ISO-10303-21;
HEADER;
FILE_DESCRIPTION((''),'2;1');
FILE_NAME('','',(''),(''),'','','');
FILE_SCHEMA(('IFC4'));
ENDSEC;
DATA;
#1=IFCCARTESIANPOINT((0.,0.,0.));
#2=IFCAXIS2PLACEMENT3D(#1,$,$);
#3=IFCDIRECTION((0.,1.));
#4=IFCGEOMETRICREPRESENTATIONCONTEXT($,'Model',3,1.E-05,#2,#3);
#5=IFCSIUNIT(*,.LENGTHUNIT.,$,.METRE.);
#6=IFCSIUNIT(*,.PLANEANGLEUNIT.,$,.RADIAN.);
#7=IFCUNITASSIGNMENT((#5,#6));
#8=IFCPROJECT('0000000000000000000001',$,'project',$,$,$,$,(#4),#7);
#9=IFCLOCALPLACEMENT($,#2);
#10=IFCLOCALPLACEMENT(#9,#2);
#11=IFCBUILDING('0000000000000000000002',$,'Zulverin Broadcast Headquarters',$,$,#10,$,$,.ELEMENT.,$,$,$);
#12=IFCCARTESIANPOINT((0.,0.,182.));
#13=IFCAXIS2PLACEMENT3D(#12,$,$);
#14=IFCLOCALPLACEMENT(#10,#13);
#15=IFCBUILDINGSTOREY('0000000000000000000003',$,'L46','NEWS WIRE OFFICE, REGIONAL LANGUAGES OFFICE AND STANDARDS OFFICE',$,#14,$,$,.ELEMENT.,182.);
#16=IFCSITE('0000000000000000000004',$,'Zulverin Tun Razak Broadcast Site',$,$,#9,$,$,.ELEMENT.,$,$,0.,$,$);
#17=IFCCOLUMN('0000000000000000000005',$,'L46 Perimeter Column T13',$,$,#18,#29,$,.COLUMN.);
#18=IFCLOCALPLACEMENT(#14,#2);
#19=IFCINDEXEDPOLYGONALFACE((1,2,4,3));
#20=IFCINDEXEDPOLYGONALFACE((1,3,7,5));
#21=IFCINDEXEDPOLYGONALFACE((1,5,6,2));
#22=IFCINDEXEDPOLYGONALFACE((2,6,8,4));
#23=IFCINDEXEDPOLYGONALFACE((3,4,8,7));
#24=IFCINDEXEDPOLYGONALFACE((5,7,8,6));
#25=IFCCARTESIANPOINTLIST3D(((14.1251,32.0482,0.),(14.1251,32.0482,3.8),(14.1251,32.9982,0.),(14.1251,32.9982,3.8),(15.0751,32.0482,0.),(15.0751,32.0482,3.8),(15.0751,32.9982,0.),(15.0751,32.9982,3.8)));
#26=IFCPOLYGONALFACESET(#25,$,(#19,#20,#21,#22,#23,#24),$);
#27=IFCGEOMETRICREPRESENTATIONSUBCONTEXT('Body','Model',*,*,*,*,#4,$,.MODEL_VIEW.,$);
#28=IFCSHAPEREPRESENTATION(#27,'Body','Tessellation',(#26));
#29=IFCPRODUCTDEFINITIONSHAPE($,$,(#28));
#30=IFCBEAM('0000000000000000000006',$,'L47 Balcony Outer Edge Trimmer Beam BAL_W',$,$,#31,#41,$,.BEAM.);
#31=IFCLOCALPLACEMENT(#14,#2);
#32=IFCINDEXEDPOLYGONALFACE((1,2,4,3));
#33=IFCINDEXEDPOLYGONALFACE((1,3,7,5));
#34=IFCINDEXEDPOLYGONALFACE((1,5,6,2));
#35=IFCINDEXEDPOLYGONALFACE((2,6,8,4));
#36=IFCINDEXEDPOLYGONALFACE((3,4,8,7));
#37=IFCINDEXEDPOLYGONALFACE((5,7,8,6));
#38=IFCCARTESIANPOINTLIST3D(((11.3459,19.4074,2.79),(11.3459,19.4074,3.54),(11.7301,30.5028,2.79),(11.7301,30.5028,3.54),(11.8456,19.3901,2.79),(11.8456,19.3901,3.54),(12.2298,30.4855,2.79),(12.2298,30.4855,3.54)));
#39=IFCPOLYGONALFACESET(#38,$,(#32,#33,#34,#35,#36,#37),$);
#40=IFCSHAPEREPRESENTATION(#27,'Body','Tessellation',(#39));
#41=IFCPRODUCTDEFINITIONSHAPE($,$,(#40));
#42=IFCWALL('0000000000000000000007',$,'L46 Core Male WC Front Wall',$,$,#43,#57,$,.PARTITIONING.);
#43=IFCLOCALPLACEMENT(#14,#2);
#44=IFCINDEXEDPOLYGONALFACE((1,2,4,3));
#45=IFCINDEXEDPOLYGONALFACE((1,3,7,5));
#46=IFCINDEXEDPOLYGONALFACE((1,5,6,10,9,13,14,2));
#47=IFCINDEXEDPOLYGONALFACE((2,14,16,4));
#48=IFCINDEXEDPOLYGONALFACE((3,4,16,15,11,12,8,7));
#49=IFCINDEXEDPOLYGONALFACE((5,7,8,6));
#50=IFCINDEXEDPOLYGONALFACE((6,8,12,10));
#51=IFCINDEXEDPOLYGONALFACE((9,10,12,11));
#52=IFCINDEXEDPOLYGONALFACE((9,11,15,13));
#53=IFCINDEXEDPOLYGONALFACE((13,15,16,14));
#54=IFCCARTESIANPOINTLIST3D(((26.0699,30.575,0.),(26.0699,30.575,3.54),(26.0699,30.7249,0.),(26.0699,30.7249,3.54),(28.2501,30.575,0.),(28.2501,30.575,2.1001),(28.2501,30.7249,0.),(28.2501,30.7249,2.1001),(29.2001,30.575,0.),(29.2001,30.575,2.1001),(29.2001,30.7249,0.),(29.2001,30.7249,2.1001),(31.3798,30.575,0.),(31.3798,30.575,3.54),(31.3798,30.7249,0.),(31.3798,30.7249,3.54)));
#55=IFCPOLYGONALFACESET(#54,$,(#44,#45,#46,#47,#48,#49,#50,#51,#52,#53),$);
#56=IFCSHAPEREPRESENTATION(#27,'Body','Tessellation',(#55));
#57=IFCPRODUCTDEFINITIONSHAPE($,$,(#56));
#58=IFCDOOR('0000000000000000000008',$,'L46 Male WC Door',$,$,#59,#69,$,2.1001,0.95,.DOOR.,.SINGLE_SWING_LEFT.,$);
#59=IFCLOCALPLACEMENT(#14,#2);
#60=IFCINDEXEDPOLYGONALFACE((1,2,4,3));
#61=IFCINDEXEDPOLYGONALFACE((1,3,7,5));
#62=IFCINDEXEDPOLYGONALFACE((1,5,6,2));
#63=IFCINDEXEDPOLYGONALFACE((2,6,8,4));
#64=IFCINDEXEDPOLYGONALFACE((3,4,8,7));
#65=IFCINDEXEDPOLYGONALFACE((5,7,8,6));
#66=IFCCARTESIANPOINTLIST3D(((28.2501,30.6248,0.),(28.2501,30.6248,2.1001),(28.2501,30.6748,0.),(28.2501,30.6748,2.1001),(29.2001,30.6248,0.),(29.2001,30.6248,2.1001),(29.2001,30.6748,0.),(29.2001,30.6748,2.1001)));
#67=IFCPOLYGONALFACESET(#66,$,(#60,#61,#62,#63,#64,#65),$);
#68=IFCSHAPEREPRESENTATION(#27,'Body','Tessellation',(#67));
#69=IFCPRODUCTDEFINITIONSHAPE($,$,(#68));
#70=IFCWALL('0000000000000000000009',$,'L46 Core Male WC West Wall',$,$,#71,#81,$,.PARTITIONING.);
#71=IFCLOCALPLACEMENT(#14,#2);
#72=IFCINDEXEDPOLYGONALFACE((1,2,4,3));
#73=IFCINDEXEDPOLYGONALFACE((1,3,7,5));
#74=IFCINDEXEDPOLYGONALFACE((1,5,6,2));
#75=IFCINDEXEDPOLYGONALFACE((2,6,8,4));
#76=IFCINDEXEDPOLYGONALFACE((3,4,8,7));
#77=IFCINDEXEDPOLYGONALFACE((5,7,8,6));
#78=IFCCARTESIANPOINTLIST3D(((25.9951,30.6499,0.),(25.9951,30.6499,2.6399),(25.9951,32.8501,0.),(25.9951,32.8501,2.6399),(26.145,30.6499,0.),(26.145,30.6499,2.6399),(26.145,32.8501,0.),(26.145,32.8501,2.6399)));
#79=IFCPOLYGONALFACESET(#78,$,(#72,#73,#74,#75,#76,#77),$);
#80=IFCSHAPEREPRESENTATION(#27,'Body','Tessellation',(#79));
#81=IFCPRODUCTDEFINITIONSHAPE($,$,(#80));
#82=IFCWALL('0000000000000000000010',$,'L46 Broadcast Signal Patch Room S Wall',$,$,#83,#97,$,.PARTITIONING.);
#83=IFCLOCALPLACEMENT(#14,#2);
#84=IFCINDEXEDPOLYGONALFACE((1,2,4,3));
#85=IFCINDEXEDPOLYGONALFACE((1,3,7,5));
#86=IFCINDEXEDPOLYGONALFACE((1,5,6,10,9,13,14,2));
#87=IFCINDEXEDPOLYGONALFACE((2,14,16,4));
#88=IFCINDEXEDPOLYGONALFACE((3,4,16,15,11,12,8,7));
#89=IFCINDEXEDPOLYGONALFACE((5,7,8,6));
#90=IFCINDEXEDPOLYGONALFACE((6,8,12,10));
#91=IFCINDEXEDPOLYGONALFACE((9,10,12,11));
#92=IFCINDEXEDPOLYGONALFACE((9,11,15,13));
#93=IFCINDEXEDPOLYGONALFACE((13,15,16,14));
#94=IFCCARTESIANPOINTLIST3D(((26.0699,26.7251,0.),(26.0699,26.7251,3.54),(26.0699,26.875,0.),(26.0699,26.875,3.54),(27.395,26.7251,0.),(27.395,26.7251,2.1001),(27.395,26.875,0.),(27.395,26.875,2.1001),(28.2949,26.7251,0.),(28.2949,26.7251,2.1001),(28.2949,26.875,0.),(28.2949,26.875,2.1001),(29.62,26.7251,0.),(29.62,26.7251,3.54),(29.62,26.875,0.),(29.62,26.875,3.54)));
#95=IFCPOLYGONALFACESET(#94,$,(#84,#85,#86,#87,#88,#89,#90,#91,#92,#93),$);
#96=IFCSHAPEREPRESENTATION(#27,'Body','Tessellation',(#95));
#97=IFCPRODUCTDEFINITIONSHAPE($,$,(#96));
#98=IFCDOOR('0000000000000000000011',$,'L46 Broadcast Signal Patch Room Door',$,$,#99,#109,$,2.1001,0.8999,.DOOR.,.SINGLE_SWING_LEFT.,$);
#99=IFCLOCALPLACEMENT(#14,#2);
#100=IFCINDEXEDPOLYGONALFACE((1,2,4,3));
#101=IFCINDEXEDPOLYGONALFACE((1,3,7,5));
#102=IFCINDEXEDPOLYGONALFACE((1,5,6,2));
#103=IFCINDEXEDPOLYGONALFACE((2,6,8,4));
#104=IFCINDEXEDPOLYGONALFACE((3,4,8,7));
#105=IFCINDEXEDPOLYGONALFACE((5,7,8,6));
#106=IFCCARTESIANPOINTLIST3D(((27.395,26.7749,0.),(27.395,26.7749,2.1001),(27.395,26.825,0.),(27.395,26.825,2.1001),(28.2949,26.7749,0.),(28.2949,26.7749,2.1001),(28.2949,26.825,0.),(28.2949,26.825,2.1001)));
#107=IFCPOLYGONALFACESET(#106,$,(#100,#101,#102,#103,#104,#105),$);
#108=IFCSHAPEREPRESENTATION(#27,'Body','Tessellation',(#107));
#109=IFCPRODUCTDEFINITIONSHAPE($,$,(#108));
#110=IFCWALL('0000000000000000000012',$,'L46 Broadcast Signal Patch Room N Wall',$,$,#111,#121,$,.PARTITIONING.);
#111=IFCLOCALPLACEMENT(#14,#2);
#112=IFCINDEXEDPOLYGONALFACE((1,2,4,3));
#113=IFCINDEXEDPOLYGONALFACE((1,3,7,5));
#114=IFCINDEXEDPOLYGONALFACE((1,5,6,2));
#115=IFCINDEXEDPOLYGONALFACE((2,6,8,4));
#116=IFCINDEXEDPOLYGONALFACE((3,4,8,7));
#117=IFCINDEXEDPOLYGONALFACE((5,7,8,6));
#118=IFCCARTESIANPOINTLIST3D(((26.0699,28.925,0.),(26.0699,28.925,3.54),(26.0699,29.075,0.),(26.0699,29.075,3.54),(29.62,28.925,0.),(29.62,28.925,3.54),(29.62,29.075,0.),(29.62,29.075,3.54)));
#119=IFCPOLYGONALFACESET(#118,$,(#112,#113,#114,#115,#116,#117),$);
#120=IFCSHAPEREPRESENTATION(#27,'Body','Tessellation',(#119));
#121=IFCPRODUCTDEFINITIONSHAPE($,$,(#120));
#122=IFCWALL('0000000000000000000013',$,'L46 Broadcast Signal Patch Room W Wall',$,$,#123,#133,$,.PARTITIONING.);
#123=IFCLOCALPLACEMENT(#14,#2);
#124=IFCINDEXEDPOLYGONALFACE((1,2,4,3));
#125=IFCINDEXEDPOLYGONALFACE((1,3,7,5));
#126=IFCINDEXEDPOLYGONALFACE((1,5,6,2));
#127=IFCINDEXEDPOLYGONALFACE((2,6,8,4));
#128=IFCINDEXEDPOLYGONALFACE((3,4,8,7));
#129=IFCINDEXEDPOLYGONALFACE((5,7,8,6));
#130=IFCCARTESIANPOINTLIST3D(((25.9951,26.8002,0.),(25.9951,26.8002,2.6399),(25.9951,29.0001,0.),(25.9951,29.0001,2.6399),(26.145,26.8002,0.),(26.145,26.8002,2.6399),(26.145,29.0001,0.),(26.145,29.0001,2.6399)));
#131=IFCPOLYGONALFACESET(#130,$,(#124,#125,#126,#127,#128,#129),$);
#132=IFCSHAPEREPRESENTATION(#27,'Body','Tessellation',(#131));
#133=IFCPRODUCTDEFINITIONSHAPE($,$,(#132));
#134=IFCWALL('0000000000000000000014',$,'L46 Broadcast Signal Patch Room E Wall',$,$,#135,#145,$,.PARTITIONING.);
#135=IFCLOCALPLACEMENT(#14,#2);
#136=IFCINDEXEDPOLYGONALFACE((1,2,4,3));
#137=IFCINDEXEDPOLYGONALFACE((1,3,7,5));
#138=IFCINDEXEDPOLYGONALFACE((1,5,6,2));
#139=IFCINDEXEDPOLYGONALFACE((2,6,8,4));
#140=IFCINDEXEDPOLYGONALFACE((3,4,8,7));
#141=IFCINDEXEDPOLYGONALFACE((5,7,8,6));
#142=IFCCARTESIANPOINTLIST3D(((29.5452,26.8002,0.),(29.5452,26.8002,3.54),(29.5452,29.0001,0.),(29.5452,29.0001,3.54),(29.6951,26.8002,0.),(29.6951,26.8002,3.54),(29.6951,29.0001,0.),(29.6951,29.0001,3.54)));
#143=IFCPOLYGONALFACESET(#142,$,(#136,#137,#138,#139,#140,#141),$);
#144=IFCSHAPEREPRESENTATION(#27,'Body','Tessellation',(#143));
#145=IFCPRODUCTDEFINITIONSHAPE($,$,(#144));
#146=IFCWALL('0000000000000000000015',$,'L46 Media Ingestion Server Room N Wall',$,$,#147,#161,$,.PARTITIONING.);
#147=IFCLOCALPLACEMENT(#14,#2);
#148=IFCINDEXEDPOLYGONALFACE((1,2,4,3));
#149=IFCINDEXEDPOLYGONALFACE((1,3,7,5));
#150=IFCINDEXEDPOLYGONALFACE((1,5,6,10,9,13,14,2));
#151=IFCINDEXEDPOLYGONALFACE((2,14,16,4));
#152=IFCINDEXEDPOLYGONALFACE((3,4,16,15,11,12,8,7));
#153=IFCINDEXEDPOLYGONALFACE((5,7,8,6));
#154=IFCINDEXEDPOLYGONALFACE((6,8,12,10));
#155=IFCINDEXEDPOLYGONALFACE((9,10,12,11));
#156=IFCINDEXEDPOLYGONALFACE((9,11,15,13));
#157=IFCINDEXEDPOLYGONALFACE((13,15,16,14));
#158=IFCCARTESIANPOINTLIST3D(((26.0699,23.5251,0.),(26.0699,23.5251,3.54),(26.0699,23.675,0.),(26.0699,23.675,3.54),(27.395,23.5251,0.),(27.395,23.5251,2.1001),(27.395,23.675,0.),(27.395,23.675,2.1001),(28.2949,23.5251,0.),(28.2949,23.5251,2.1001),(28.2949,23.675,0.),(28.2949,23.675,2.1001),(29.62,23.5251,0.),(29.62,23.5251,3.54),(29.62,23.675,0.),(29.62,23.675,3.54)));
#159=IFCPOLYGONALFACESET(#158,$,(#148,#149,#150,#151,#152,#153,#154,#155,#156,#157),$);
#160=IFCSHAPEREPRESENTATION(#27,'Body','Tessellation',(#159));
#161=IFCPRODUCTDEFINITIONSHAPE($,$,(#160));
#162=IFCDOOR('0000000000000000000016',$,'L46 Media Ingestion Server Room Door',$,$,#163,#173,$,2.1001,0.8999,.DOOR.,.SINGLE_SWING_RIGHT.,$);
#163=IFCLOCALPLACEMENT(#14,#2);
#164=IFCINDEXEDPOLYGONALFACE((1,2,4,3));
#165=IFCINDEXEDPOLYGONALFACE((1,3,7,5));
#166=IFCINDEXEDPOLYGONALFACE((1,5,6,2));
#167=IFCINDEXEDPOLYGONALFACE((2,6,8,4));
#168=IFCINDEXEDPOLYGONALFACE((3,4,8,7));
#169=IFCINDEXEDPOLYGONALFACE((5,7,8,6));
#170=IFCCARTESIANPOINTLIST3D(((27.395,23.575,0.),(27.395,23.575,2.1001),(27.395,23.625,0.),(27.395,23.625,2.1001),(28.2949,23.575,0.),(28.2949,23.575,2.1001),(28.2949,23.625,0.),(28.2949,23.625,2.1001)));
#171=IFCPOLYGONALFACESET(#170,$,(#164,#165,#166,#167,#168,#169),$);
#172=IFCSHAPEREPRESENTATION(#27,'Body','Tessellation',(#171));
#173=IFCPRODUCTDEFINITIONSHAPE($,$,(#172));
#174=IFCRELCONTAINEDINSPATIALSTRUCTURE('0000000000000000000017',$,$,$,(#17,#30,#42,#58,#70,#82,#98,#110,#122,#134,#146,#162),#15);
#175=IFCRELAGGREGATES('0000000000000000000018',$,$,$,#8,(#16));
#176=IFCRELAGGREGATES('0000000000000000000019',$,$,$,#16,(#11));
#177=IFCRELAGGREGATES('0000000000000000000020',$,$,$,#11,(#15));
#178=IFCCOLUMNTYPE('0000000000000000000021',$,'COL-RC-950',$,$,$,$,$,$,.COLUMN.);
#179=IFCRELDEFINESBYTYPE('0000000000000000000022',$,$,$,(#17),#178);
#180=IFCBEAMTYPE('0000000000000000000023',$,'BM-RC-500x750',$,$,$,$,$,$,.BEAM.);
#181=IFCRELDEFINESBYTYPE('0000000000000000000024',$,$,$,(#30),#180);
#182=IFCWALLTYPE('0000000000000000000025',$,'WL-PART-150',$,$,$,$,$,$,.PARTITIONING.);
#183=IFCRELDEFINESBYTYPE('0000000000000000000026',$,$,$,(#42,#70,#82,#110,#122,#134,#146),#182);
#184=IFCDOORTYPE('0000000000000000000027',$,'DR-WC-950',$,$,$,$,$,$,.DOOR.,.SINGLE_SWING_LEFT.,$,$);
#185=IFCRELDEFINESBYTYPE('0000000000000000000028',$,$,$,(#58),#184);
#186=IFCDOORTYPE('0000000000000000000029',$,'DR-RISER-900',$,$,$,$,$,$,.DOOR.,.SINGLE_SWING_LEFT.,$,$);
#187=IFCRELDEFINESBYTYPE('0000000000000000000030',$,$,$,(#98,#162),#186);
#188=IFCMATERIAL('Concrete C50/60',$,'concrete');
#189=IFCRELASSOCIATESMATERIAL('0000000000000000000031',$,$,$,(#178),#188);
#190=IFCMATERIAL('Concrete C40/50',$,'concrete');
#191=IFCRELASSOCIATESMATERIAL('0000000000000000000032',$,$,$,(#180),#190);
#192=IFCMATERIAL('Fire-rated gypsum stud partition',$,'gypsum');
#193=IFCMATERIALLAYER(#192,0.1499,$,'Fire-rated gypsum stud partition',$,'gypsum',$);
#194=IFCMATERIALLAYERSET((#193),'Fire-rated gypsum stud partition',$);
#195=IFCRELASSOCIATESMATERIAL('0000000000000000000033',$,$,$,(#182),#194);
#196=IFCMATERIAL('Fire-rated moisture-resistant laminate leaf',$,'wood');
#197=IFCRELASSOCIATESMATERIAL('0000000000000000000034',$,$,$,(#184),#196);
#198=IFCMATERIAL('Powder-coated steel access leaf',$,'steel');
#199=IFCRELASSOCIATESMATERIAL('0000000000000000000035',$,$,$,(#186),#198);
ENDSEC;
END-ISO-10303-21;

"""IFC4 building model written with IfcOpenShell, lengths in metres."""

from ifc_helpers import new_model, si_unit, direction, frame, frame_2d, origin, origin_2d, place, context, subcontext, project, spatial, rectangle, extrude, material, layer, layer_set, material_profile, profile_set, type_object, element, fill, save


model = new_model("IFC4")

# Units and contexts
model_context = context("Model", 3, precision=1e-05, world=origin(), true_north=direction((0.0, 1.0)))
body_context = subcontext(model_context, "Body", "Model", "MODEL_VIEW")
ifc_project = project(units=[si_unit("LENGTHUNIT", "METRE"), si_unit("PLANEANGLEUNIT", "RADIAN")], contexts=[model_context])

# Site, building, storey
site_placement = place(None, origin())
site = spatial("IfcSite", under=ifc_project, at=site_placement, Name="Zulverin Tun Razak Broadcast Site", CompositionType="ELEMENT", RefElevation=0.0)
building_placement = place(site_placement, origin())
building = spatial("IfcBuilding", under=site, at=building_placement, Name="Zulverin Broadcast Headquarters", CompositionType="ELEMENT")
storey_placement = place(building_placement, frame((0.0, 0.0, 182.0)))
storey = spatial("IfcBuildingStorey", under=building, at=storey_placement, Name="L46", Description="NEWS WIRE OFFICE, REGIONAL LANGUAGES OFFICE AND STANDARDS OFFICE", CompositionType="ELEMENT", Elevation=182.0)

# Column
ifc_material_1 = material(Name="Concrete C50/60", Category="concrete")
ifc_material_profile_1 = material_profile(ifc_material_1, rectangle(XDim=0.95, YDim=0.95, at=origin_2d()), Name="Concrete C50/60", Category="concrete")
ifc_profile_set_1 = profile_set([ifc_material_profile_1], Name="Concrete C50/60")
column_type = type_object("IfcColumnType", Name="COL-RC-950", PredefinedType="COLUMN", material=ifc_profile_set_1)
column_placement = place(storey_placement, frame((14.6001, 32.5232, 0.0), z_axis=(0.0, 0.0, 1.0), x_axis=(1.0, 0.0, 0.0)))
element("IfcColumn", 1, at=column_placement, inside=storey, type_object=column_type, Name="L46 Perimeter Column T13", PredefinedType="COLUMN", context=body_context, shape_type="SweptSolid", body=[
    extrude(rectangle(XDim=0.95, YDim=0.95, at=origin_2d()), origin(), (0.0, 0.0, 1.0), 3.8),
])

# Beam
ifc_material_2 = material(Name="Concrete C40/50", Category="concrete")
ifc_material_profile_2 = material_profile(ifc_material_2, rectangle(XDim=0.5, YDim=0.75, at=origin_2d()), Name="Concrete C40/50", Category="concrete")
ifc_profile_set_2 = profile_set([ifc_material_profile_2], Name="Concrete C40/50")
beam_type = type_object("IfcBeamType", Name="BM-RC-500x750", PredefinedType="BEAM", material=ifc_profile_set_2)
beam_placement = place(storey_placement, frame((11.98, 30.4941, 3.165), z_axis=(-0.034613, -0.999401, 0.0), x_axis=(0.999401, -0.034613, 0.0)))
element("IfcBeam", 2, at=beam_placement, inside=storey, type_object=beam_type, Name="L47 Balcony Outer Edge Trimmer Beam BAL_W", PredefinedType="BEAM", context=body_context, shape_type="SweptSolid", body=[
    extrude(rectangle(XDim=0.5, YDim=0.75, at=origin_2d()), origin(), (0.0, 0.0, 1.0), 11.1021),
])

# Wall, opening, door
ifc_material_3 = material(Name="Fire-rated gypsum stud partition", Category="gypsum")
ifc_layer_1 = layer(ifc_material_3, 0.1499, Name="Fire-rated gypsum stud partition", Category="gypsum")
ifc_layer_set_1 = layer_set([ifc_layer_1], Name="Fire-rated gypsum stud partition")
wall_type_1 = type_object("IfcWallType", Name="WL-PART-150", PredefinedType="PARTITIONING", material=ifc_layer_set_1)
wall_1_placement = place(storey_placement, frame((26.0701, 30.6499, 0.0), z_axis=(0.0, 0.0, 1.0), x_axis=(1.0, 0.0, 0.0)))
wall_1 = element("IfcWall", 3, at=wall_1_placement, inside=storey, type_object=wall_type_1, Name="L46 Core Male WC Front Wall", PredefinedType="PARTITIONING", context=body_context, shape_type="SweptSolid", body=[
    extrude(rectangle(XDim=5.3098, YDim=0.1499, at=frame_2d((2.6548, 0.0))), origin(), (0.0, 0.0, 1.0), 3.54),
])
opening_1_placement = place(wall_1_placement, frame((2.1799, 0.0, 0.0)))
opening_1 = element("IfcOpeningElement", 4, at=opening_1_placement, cuts=wall_1, PredefinedType="OPENING", context=body_context, shape_type="SweptSolid", body=[
    extrude(rectangle(XDim=0.95, YDim=2.1001, at=frame_2d((0.4751, 1.05))), frame((0.0, 0.085, 0.0), z_axis=(0.0, -1.0, 0.0), x_axis=(1.0, 0.0, 0.0)), (0.0, 0.0, 1.0), 0.1699),
])
ifc_material_4 = material(Name="Fire-rated moisture-resistant laminate leaf", Category="wood")
door_type_1 = type_object("IfcDoorType", Name="DR-WC-950", OperationType="SINGLE_SWING_LEFT", PredefinedType="DOOR", material=ifc_material_4)
door_1_placement = place(opening_1_placement, origin())
door_1 = element("IfcDoor", 5, at=door_1_placement, inside=storey, type_object=door_type_1, Name="L46 Male WC Door", OperationType="SINGLE_SWING_LEFT", OverallHeight=2.1001, OverallWidth=0.95, PredefinedType="DOOR", context=body_context, shape_type="SweptSolid", body=[
    extrude(rectangle(XDim=0.95, YDim=2.1001, at=frame_2d((0.4751, 1.05))), frame((0.0, 0.0249, 0.0), z_axis=(0.0, -1.0, 0.0), x_axis=(1.0, 0.0, 0.0)), (0.0, 0.0, 1.0), 0.05),
])
fill(opening_1, door_1)

# Wall
wall_2_placement = place(storey_placement, frame((26.0701, 30.6499, 0.0), z_axis=(0.0, 0.0, 1.0), x_axis=(0.0, 1.0, 0.0)))
element("IfcWall", 6, at=wall_2_placement, inside=storey, type_object=wall_type_1, Name="L46 Core Male WC West Wall", PredefinedType="PARTITIONING", context=body_context, shape_type="SweptSolid", body=[
    extrude(rectangle(XDim=2.2002, YDim=0.1499, at=frame_2d((1.1001, 0.0))), origin(), (0.0, 0.0, 1.0), 2.6399),
])

# Wall, opening, door
wall_3_placement = place(storey_placement, frame((26.0701, 26.8, 0.0), z_axis=(0.0, 0.0, 1.0), x_axis=(1.0, 0.0, 0.0)))
wall_3 = element("IfcWall", 7, at=wall_3_placement, inside=storey, type_object=wall_type_1, Name="L46 Broadcast Signal Patch Room S Wall", PredefinedType="PARTITIONING", context=body_context, shape_type="SweptSolid", body=[
    extrude(rectangle(XDim=3.55, YDim=0.1499, at=frame_2d((1.7749, 0.0))), origin(), (0.0, 0.0, 1.0), 3.54),
])
opening_2_placement = place(wall_3_placement, frame((1.325, 0.0, 0.0)))
opening_2 = element("IfcOpeningElement", 8, at=opening_2_placement, cuts=wall_3, PredefinedType="OPENING", context=body_context, shape_type="SweptSolid", body=[
    extrude(rectangle(XDim=0.8999, YDim=2.1001, at=frame_2d((0.45, 1.05))), frame((0.0, 0.085, 0.0), z_axis=(0.0, -1.0, 0.0), x_axis=(1.0, 0.0, 0.0)), (0.0, 0.0, 1.0), 0.1699),
])
ifc_material_5 = material(Name="Powder-coated steel access leaf", Category="steel")
door_type_2 = type_object("IfcDoorType", Name="DR-RISER-900", OperationType="SINGLE_SWING_LEFT", PredefinedType="DOOR", material=ifc_material_5)
door_2_placement = place(opening_2_placement, origin())
door_2 = element("IfcDoor", 9, at=door_2_placement, inside=storey, type_object=door_type_2, Name="L46 Broadcast Signal Patch Room Door", OperationType="SINGLE_SWING_LEFT", OverallHeight=2.1001, OverallWidth=0.8999, PredefinedType="DOOR", context=body_context, shape_type="SweptSolid", body=[
    extrude(rectangle(XDim=0.8999, YDim=2.1001, at=frame_2d((0.45, 1.05))), frame((0.0, 0.0249, 0.0), z_axis=(0.0, -1.0, 0.0), x_axis=(1.0, 0.0, 0.0)), (0.0, 0.0, 1.0), 0.05),
])
fill(opening_2, door_2)

# Walls
wall_4_placement = place(storey_placement, frame((26.0701, 29.0, 0.0), z_axis=(0.0, 0.0, 1.0), x_axis=(1.0, 0.0, 0.0)))
element("IfcWall", 10, at=wall_4_placement, inside=storey, type_object=wall_type_1, Name="L46 Broadcast Signal Patch Room N Wall", PredefinedType="PARTITIONING", context=body_context, shape_type="SweptSolid", body=[
    extrude(rectangle(XDim=3.55, YDim=0.1499, at=frame_2d((1.7749, 0.0))), origin(), (0.0, 0.0, 1.0), 3.54),
])
wall_5_placement = place(storey_placement, frame((26.0701, 26.8, 0.0), z_axis=(0.0, 0.0, 1.0), x_axis=(0.0, 1.0, 0.0)))
element("IfcWall", 11, at=wall_5_placement, inside=storey, type_object=wall_type_1, Name="L46 Broadcast Signal Patch Room W Wall", PredefinedType="PARTITIONING", context=body_context, shape_type="SweptSolid", body=[
    extrude(rectangle(XDim=2.2, YDim=0.1499, at=frame_2d((1.1001, 0.0))), origin(), (0.0, 0.0, 1.0), 2.6399),
])
wall_6_placement = place(storey_placement, frame((29.6201, 26.8, 0.0), z_axis=(0.0, 0.0, 1.0), x_axis=(0.0, 1.0, 0.0)))
element("IfcWall", 12, at=wall_6_placement, inside=storey, type_object=wall_type_1, Name="L46 Broadcast Signal Patch Room E Wall", PredefinedType="PARTITIONING", context=body_context, shape_type="SweptSolid", body=[
    extrude(rectangle(XDim=2.2, YDim=0.1499, at=frame_2d((1.1001, 0.0))), origin(), (0.0, 0.0, 1.0), 3.54),
])

# Wall, opening, door
wall_7_placement = place(storey_placement, frame((26.0701, 23.6001, 0.0), z_axis=(0.0, 0.0, 1.0), x_axis=(1.0, 0.0, 0.0)))
wall_7 = element("IfcWall", 13, at=wall_7_placement, inside=storey, type_object=wall_type_1, Name="L46 Media Ingestion Server Room N Wall", PredefinedType="PARTITIONING", context=body_context, shape_type="SweptSolid", body=[
    extrude(rectangle(XDim=3.55, YDim=0.1499, at=frame_2d((1.7749, 0.0))), origin(), (0.0, 0.0, 1.0), 3.54),
])
opening_3_placement = place(wall_7_placement, frame((1.325, 0.0, 0.0)))
opening_3 = element("IfcOpeningElement", 14, at=opening_3_placement, cuts=wall_7, PredefinedType="OPENING", context=body_context, shape_type="SweptSolid", body=[
    extrude(rectangle(XDim=0.8999, YDim=2.1001, at=frame_2d((0.45, 1.05))), frame((0.0, 0.085, 0.0), z_axis=(0.0, -1.0, 0.0), x_axis=(1.0, 0.0, 0.0)), (0.0, 0.0, 1.0), 0.1699),
])
door_3_placement = place(opening_3_placement, origin())
door_3 = element("IfcDoor", 15, at=door_3_placement, inside=storey, type_object=door_type_2, Name="L46 Media Ingestion Server Room Door", OperationType="SINGLE_SWING_RIGHT", OverallHeight=2.1001, OverallWidth=0.8999, PredefinedType="DOOR", context=body_context, shape_type="SweptSolid", body=[
    extrude(rectangle(XDim=0.8999, YDim=2.1001, at=frame_2d((0.45, 1.05))), frame((0.0, 0.0249, 0.0), z_axis=(0.0, -1.0, 0.0), x_axis=(1.0, 0.0, 0.0)), (0.0, 0.0, 1.0), 0.05),
])
fill(opening_3, door_3)

save(model, "model.ifc")
